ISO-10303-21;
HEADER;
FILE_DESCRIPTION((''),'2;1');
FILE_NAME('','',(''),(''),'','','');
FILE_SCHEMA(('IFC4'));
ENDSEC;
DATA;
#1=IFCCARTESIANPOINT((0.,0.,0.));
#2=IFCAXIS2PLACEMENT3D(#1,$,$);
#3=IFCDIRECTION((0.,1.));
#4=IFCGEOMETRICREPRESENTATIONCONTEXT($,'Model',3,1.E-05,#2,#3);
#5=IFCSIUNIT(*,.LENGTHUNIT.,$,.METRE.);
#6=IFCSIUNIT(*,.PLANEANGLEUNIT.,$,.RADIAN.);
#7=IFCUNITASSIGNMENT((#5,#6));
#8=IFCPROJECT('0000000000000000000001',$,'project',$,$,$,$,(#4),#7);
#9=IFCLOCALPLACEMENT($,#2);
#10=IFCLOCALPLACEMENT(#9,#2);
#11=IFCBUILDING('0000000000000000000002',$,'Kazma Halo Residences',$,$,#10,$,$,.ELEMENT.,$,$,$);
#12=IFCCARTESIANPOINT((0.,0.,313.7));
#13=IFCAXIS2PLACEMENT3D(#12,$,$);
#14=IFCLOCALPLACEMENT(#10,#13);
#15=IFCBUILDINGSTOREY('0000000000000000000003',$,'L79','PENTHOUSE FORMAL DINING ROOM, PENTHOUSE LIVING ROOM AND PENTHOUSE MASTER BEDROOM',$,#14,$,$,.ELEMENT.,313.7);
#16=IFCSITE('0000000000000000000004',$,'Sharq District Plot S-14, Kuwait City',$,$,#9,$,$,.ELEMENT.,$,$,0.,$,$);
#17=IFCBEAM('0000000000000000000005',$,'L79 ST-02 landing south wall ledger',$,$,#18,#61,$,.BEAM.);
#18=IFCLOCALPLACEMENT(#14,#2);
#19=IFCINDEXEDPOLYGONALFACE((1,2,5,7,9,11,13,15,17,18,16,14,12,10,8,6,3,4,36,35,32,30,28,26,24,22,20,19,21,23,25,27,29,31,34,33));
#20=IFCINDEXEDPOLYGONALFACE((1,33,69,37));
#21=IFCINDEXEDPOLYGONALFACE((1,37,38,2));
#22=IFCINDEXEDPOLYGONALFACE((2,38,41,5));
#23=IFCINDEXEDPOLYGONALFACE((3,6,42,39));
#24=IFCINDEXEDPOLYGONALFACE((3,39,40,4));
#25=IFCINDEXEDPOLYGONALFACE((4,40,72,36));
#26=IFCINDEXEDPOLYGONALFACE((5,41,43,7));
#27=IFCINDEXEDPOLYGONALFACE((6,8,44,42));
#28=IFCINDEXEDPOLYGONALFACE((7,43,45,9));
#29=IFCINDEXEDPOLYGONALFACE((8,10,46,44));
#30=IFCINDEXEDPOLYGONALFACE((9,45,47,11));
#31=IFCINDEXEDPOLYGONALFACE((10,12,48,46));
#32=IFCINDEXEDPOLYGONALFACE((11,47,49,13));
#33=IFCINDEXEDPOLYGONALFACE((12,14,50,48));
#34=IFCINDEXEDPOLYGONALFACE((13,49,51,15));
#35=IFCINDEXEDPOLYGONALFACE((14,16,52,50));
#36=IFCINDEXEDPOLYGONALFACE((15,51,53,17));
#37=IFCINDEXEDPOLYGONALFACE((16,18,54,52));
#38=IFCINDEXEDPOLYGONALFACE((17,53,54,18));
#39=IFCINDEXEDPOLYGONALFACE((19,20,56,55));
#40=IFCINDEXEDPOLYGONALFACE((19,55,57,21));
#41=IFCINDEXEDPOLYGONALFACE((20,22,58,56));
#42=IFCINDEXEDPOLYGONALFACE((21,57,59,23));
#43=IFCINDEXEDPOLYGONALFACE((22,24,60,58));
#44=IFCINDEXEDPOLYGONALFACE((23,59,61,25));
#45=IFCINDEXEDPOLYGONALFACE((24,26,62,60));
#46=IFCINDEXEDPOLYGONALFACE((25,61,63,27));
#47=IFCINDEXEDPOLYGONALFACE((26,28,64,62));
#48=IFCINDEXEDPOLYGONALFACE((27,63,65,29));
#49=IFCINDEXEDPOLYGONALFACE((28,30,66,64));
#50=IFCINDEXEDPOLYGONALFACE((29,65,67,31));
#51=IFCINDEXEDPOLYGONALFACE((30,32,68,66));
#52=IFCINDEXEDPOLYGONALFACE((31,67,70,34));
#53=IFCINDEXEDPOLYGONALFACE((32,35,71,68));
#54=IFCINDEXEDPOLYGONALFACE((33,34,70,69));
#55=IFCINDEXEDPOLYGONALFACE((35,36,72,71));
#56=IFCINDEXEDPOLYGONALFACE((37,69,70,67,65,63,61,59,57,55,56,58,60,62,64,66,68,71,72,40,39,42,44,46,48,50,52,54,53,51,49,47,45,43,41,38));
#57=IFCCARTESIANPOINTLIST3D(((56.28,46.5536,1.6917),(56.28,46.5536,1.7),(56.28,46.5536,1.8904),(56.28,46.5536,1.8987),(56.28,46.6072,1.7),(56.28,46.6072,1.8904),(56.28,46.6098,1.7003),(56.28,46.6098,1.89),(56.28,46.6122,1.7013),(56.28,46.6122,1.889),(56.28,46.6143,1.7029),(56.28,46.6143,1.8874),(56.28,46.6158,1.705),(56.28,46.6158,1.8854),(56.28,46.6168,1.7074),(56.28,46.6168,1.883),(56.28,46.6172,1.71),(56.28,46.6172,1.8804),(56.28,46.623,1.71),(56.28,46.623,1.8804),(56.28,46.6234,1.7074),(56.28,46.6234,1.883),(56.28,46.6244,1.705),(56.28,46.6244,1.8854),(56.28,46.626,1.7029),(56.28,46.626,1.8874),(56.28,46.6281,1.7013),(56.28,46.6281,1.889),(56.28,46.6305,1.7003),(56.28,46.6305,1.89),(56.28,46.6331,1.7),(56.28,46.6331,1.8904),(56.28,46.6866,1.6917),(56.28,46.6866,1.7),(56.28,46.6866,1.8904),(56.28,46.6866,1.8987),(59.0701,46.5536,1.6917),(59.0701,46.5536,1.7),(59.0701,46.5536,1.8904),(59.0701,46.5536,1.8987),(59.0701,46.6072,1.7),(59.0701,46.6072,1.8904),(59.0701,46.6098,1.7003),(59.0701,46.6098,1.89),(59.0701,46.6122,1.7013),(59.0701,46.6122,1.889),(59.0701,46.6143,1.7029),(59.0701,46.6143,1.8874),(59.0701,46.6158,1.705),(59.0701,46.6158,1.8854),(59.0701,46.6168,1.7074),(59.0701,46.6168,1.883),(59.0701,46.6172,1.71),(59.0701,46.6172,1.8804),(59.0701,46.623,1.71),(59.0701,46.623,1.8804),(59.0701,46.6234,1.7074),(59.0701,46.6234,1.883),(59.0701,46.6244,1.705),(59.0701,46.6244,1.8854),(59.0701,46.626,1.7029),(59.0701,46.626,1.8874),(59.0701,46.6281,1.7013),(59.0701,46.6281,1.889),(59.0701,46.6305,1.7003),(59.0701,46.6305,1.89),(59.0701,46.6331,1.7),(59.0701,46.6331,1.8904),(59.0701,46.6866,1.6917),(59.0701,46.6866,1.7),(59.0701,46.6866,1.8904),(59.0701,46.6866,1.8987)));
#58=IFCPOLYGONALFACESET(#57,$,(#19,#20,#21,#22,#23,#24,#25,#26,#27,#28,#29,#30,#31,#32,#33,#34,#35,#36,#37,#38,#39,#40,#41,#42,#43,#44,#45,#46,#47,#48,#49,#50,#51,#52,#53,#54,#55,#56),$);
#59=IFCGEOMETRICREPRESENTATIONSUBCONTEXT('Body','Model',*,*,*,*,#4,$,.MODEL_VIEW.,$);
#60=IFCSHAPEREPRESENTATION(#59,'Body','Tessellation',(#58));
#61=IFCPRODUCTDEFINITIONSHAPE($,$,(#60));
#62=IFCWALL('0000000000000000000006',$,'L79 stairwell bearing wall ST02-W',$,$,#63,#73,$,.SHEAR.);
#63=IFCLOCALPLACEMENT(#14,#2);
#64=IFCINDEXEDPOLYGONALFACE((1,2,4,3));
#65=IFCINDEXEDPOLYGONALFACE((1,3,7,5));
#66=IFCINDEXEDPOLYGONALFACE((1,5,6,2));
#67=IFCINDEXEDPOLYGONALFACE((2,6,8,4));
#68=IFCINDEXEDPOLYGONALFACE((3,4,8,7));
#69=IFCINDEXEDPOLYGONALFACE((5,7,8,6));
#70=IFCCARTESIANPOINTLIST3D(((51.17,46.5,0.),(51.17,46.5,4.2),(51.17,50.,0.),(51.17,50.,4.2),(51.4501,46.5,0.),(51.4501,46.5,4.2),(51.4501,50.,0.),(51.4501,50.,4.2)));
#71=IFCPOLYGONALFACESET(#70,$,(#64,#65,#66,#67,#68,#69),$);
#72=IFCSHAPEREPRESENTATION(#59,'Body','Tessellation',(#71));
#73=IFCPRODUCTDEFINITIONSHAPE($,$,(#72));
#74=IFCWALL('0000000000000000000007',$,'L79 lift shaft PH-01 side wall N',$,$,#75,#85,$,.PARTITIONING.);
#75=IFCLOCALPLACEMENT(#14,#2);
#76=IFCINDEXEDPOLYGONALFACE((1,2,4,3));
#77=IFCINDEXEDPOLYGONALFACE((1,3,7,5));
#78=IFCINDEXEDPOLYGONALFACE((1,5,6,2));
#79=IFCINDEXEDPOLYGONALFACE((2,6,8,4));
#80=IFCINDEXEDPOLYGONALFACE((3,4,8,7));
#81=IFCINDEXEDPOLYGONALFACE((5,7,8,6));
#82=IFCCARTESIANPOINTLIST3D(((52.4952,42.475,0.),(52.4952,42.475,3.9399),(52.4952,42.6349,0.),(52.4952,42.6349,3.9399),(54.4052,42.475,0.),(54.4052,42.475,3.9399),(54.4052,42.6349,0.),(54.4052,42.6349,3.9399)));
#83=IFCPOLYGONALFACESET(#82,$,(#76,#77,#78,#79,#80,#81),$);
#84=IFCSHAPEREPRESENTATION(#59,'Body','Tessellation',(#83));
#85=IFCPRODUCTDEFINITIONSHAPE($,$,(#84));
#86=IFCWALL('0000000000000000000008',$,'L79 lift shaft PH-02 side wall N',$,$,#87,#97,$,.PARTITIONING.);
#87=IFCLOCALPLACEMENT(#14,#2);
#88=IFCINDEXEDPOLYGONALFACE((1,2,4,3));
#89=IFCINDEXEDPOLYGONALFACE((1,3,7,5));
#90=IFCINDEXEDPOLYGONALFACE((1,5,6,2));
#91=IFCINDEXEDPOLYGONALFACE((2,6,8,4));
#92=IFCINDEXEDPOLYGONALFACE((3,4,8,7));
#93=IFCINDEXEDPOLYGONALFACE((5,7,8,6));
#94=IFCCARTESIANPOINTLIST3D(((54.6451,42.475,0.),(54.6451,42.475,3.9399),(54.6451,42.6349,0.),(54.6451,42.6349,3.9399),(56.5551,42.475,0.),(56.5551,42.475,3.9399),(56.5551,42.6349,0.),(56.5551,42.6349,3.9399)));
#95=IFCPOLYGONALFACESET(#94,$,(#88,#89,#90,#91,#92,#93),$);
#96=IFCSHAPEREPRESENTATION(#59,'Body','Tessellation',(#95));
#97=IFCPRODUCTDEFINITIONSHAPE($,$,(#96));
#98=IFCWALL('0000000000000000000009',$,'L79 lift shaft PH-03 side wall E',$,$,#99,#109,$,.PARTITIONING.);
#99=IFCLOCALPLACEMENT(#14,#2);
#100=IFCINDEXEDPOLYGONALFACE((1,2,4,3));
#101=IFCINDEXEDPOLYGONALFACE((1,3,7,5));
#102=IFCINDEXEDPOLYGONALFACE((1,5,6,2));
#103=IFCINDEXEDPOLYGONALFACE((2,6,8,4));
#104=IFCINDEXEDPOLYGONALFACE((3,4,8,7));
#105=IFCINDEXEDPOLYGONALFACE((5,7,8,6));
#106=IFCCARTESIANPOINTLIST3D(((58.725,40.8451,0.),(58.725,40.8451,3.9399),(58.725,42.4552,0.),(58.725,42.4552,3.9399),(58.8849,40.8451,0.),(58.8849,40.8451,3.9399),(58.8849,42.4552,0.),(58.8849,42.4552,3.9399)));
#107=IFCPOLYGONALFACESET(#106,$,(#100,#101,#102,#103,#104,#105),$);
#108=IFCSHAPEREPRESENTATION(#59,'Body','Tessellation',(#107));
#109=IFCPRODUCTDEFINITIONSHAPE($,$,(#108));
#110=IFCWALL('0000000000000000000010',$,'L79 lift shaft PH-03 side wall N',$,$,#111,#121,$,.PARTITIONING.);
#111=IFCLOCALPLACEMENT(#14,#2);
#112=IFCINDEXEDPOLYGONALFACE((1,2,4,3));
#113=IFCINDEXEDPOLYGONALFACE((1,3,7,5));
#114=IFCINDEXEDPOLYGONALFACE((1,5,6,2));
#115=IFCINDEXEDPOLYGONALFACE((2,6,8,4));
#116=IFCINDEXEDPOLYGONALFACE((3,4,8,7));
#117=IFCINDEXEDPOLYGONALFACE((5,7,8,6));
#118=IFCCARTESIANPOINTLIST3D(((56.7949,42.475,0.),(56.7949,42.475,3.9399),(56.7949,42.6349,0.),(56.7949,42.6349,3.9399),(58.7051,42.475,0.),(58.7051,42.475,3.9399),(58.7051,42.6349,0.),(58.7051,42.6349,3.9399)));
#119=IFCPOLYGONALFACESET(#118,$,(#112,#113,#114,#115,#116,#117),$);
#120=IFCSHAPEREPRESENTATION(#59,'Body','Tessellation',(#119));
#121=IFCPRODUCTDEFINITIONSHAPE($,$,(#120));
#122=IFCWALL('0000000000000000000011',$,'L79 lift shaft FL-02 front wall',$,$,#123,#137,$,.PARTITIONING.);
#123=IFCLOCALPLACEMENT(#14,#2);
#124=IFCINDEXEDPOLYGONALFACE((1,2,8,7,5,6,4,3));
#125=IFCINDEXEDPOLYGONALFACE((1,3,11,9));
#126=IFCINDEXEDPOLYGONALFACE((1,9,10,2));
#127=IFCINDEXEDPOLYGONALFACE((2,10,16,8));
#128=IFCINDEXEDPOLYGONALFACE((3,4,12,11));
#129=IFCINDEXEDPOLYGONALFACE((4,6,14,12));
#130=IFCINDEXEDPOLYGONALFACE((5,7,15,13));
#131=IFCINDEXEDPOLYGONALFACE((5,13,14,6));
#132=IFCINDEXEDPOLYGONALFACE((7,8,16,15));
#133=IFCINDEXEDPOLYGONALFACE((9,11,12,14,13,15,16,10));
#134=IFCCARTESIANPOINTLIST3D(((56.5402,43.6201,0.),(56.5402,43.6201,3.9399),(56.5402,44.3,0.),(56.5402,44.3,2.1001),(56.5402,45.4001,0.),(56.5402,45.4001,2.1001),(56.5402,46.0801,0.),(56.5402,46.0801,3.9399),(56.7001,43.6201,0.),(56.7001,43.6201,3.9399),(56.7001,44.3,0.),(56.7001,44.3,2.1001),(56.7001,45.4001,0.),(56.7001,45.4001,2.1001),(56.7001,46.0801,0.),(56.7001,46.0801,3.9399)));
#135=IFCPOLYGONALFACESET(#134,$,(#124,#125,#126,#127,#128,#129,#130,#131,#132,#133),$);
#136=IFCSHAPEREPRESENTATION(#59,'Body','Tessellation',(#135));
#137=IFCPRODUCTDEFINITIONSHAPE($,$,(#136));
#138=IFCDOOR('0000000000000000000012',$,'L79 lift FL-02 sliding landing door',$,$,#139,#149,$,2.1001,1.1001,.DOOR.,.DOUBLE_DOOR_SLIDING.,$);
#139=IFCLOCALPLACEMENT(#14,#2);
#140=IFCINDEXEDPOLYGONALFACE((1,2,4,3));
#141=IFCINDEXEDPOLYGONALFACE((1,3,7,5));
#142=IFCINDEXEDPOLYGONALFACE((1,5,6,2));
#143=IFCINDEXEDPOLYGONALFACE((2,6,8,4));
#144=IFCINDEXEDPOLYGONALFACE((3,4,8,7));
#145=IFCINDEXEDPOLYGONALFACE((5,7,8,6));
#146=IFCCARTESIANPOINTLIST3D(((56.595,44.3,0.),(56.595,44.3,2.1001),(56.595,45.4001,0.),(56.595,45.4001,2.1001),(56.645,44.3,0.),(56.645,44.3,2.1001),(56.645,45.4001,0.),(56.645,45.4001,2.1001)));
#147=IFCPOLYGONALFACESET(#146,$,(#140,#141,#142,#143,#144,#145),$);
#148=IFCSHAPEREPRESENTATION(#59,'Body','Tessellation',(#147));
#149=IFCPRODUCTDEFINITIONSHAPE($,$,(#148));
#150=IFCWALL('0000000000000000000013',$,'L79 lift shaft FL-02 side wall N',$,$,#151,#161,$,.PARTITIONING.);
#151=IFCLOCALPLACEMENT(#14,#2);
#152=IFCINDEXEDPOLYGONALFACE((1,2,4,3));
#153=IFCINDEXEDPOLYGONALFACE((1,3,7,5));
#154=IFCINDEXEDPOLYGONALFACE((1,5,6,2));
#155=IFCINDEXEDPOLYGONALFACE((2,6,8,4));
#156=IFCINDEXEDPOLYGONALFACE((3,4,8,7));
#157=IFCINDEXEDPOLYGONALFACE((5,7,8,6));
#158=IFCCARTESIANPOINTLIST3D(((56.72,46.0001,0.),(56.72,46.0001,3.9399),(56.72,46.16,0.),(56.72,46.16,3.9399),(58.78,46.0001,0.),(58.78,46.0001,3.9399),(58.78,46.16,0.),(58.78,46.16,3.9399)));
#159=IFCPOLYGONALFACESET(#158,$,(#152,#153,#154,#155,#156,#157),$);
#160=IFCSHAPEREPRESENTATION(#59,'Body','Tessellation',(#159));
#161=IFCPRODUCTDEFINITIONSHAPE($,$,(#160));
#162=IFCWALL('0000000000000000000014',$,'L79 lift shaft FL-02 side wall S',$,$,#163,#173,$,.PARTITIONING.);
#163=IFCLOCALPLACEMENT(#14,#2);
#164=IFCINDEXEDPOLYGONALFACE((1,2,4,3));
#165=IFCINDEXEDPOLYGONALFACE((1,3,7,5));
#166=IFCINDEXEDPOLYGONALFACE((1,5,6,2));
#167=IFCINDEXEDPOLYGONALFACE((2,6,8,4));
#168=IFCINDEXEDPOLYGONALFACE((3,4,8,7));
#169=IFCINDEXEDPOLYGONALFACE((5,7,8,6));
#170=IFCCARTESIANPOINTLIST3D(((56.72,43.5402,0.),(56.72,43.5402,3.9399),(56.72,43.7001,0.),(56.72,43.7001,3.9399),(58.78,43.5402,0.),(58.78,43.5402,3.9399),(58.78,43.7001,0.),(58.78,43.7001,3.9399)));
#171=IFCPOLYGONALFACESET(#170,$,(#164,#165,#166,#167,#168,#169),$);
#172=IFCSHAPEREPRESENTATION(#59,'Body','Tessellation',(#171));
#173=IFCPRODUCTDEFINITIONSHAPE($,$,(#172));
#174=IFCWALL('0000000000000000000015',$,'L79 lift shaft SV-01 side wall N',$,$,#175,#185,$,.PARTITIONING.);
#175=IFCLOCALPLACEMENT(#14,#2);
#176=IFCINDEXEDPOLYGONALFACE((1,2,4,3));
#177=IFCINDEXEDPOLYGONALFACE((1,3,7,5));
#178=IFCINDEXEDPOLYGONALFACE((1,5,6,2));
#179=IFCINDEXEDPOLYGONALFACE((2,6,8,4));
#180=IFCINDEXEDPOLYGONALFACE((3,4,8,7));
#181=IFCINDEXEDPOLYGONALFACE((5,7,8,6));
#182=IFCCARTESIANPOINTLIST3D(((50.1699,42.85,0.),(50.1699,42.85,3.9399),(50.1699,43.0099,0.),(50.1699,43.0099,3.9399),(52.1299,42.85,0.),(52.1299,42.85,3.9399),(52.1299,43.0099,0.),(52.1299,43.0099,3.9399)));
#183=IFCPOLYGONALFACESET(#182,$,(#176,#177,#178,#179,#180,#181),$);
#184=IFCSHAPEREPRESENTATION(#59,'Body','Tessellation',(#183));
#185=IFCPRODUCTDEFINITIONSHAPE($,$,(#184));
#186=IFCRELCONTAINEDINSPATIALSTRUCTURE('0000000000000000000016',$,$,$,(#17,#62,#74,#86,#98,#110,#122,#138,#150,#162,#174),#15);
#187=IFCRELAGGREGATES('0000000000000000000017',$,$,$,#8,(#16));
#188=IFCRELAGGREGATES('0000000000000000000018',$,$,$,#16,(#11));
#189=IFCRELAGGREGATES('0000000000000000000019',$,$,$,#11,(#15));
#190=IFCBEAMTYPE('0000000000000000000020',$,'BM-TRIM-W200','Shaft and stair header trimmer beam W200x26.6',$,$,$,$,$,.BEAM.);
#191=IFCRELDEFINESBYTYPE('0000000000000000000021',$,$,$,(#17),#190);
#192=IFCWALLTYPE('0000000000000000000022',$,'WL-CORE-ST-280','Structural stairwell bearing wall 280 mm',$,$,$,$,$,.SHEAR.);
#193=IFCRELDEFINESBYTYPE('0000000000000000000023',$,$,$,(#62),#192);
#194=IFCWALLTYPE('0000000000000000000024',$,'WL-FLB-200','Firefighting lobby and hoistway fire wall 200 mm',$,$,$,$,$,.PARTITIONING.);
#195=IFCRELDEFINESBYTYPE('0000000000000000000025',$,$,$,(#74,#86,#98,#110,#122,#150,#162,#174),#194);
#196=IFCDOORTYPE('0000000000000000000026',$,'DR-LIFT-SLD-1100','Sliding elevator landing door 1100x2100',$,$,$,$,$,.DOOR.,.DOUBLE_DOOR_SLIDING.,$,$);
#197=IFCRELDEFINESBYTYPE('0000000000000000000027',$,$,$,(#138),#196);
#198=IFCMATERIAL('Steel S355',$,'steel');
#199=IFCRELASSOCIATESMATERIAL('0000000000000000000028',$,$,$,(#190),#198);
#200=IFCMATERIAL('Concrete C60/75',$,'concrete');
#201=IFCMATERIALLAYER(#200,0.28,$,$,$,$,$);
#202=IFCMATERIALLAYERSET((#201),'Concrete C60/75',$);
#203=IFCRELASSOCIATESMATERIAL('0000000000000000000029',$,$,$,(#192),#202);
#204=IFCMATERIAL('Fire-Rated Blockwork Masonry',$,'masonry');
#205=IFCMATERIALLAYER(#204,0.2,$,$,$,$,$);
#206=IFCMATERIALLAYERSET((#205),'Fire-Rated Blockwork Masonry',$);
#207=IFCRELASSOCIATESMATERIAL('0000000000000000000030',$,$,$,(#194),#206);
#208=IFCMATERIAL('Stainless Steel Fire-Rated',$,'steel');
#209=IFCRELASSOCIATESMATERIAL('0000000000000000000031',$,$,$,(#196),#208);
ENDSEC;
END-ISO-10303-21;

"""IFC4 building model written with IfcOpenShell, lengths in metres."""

from ifc_helpers import new_model, si_unit, direction, frame, frame_2d, origin, origin_2d, place, context, subcontext, project, spatial, rectangle, i_section, extrude, material, layer, layer_set, material_profile, profile_set, type_object, element, fill, save


model = new_model("IFC4")

# Units and contexts
model_context = context("Model", 3, precision=1e-05, world=origin(), true_north=direction((0.0, 1.0)))
body_context = subcontext(model_context, "Body", "Model", "MODEL_VIEW")
ifc_project = project(units=[si_unit("LENGTHUNIT", "METRE"), si_unit("PLANEANGLEUNIT", "RADIAN")], contexts=[model_context])

# Site, building, storey
site_placement = place(None, origin())
site = spatial("IfcSite", under=ifc_project, at=site_placement, Name="Sharq District Plot S-14, Kuwait City", CompositionType="ELEMENT", RefElevation=0.0)
building_placement = place(site_placement, origin())
building = spatial("IfcBuilding", under=site, at=building_placement, Name="Kazma Halo Residences", CompositionType="ELEMENT")
storey_placement = place(building_placement, frame((0.0, 0.0, 313.7)))
storey = spatial("IfcBuildingStorey", under=building, at=storey_placement, Name="L79", Description="PENTHOUSE FORMAL DINING ROOM, PENTHOUSE LIVING ROOM AND PENTHOUSE MASTER BEDROOM", CompositionType="ELEMENT", Elevation=313.7)

# Shared definitions
ifc_material_1 = material(Name="Steel S355", Category="steel")

# Beam
ifc_material_profile_1 = material_profile(ifc_material_1, i_section(OverallWidth=0.1331, OverallDepth=0.207, WebThickness=0.0059, FlangeThickness=0.0083, FilletRadius=0.01, at=origin_2d()), Name="W200x26.6")
ifc_profile_set_1 = profile_set([ifc_material_profile_1], Name="Steel S355")
beam_type = type_object("IfcBeamType", Name="BM-TRIM-W200", Description="Shaft and stair header trimmer beam W200x26.6", PredefinedType="BEAM", material=ifc_profile_set_1)
beam_1_placement = place(storey_placement, frame((56.28, 46.6201, 1.7952), z_axis=(1.0, 0.0, 0.0), x_axis=(0.0, 1.0, 0.0)))
element("IfcBeam", 1, at=beam_1_placement, inside=storey, type_object=beam_type, Name="L79 ST-02 landing south wall ledger", PredefinedType="BEAM", context=body_context, shape_type="SweptSolid", body=[
    extrude(i_section(OverallWidth=0.1331, OverallDepth=0.207, WebThickness=0.0059, FlangeThickness=0.0083, FilletRadius=0.01, at=origin_2d()), origin(), (0.0, 0.0, 1.0), 2.79),
])

# Walls
ifc_material_2 = material(Name="Concrete C60/75", Category="concrete")
ifc_layer_1 = layer(ifc_material_2, 0.28)
ifc_layer_set_1 = layer_set([ifc_layer_1], Name="Concrete C60/75")
wall_type_1 = type_object("IfcWallType", Name="WL-CORE-ST-280", Description="Structural stairwell bearing wall 280 mm", PredefinedType="SHEAR", material=ifc_layer_set_1)
wall_1_placement = place(storey_placement, frame((51.3101, 46.5, 0.0), z_axis=(0.0, 0.0, 1.0), x_axis=(0.0, 1.0, 0.0)))
element("IfcWall", 2, at=wall_1_placement, inside=storey, type_object=wall_type_1, Name="L79 stairwell bearing wall ST02-W", PredefinedType="SHEAR", context=body_context, shape_type="SweptSolid", body=[
    extrude(rectangle(XDim=3.5, YDim=0.28, at=frame_2d((1.75, 0.0))), origin(), (0.0, 0.0, 1.0), 4.2),
])
ifc_material_3 = material(Name="Fire-Rated Blockwork Masonry", Category="masonry")
ifc_layer_2 = layer(ifc_material_3, 0.2)
ifc_layer_set_2 = layer_set([ifc_layer_2], Name="Fire-Rated Blockwork Masonry")
wall_type_2 = type_object("IfcWallType", Name="WL-FLB-200", Description="Firefighting lobby and hoistway fire wall 200 mm", PredefinedType="PARTITIONING", material=ifc_layer_set_2)
for number, where, z_axis, x_axis, name in (
    (3, (52.4951, 42.5549, 0.0), (0.0, 0.0, 1.0), (1.0, 0.0, 0.0), "L79 lift shaft PH-01 side wall N"),
    (4, (54.645, 42.5549, 0.0), (0.0, 0.0, 1.0), (1.0, 0.0, 0.0), "L79 lift shaft PH-02 side wall N"),
):
    element("IfcWall", number, at=place(storey_placement, frame(where, z_axis=z_axis, x_axis=x_axis)), inside=storey, type_object=wall_type_2, Name=name, PredefinedType="PARTITIONING", context=body_context, shape_type="SweptSolid", body=[
        extrude(rectangle(XDim=1.9099, YDim=0.1599, at=frame_2d((0.9551, 0.0))), origin(), (0.0, 0.0, 1.0), 3.9399),
    ])
wall_2_placement = place(storey_placement, frame((58.8049, 40.845, 0.0), z_axis=(0.0, 0.0, 1.0), x_axis=(0.0, 1.0, 0.0)))
element("IfcWall", 5, at=wall_2_placement, inside=storey, type_object=wall_type_2, Name="L79 lift shaft PH-03 side wall E", PredefinedType="PARTITIONING", context=body_context, shape_type="SweptSolid", body=[
    extrude(rectangle(XDim=1.6101, YDim=0.1599, at=frame_2d((0.8052, 0.0))), origin(), (0.0, 0.0, 1.0), 3.9399),
])
wall_3_placement = place(storey_placement, frame((56.7949, 42.5549, 0.0), z_axis=(0.0, 0.0, 1.0), x_axis=(1.0, 0.0, 0.0)))
element("IfcWall", 6, at=wall_3_placement, inside=storey, type_object=wall_type_2, Name="L79 lift shaft PH-03 side wall N", PredefinedType="PARTITIONING", context=body_context, shape_type="SweptSolid", body=[
    extrude(rectangle(XDim=1.9102, YDim=0.1599, at=frame_2d((0.9551, 0.0))), origin(), (0.0, 0.0, 1.0), 3.9399),
])

# Wall, opening, door
wall_4_placement = place(storey_placement, frame((56.6201, 46.0801, 0.0), z_axis=(0.0, 0.0, 1.0), x_axis=(0.0, -1.0, 0.0)))
wall_4 = element("IfcWall", 7, at=wall_4_placement, inside=storey, type_object=wall_type_2, Name="L79 lift shaft FL-02 front wall", PredefinedType="PARTITIONING", context=body_context, shape_type="SweptSolid", body=[
    extrude(rectangle(XDim=2.46, YDim=0.1599, at=frame_2d((1.23, 0.0))), origin(), (0.0, 0.0, 1.0), 3.9399),
])
opening_1_placement = place(wall_4_placement, frame((0.6799, 0.0, 0.0)))
opening_1 = element("IfcOpeningElement", 8, at=opening_1_placement, cuts=wall_4, PredefinedType="OPENING", context=body_context, shape_type="SweptSolid", body=[
    extrude(rectangle(XDim=1.1001, YDim=2.1001, at=frame_2d((0.55, 1.05))), frame((0.0, 0.0898, 0.0), z_axis=(0.0, -1.0, 0.0), x_axis=(1.0, 0.0, 0.0)), (0.0, 0.0, 1.0), 0.1799),
])
ifc_material_4 = material(Name="Stainless Steel Fire-Rated", Category="steel")
door_type_1 = type_object("IfcDoorType", Name="DR-LIFT-SLD-1100", Description="Sliding elevator landing door 1100x2100", OperationType="DOUBLE_DOOR_SLIDING", PredefinedType="DOOR", material=ifc_material_4)
door_1_placement = place(opening_1_placement, origin())
door_1 = element("IfcDoor", 9, at=door_1_placement, inside=storey, type_object=door_type_1, Name="L79 lift FL-02 sliding landing door", OperationType="DOUBLE_DOOR_SLIDING", OverallHeight=2.1001, OverallWidth=1.1001, PredefinedType="DOOR", context=body_context, shape_type="SweptSolid", body=[
    extrude(rectangle(XDim=1.1001, YDim=2.1001, at=frame_2d((0.55, 1.05))), frame((0.0, 0.0249, 0.0), z_axis=(0.0, -1.0, 0.0), x_axis=(1.0, 0.0, 0.0)), (0.0, 0.0, 1.0), 0.05),
])
fill(opening_1, door_1)

# Walls
for number, where, z_axis, x_axis, name in (
    (10, (56.72, 46.0801, 0.0), (0.0, 0.0, 1.0), (1.0, 0.0, 0.0), "L79 lift shaft FL-02 side wall N"),
    (11, (56.72, 43.6201, 0.0), (0.0, 0.0, 1.0), (1.0, 0.0, 0.0), "L79 lift shaft FL-02 side wall S"),
):
    element("IfcWall", number, at=place(storey_placement, frame(where, z_axis=z_axis, x_axis=x_axis)), inside=storey, type_object=wall_type_2, Name=name, PredefinedType="PARTITIONING", context=body_context, shape_type="SweptSolid", body=[
        extrude(rectangle(XDim=2.0601, YDim=0.1599, at=frame_2d((1.03, 0.0))), origin(), (0.0, 0.0, 1.0), 3.9399),
    ])
wall_5_placement = place(storey_placement, frame((50.1699, 42.9299, 0.0), z_axis=(0.0, 0.0, 1.0), x_axis=(1.0, 0.0, 0.0)))
element("IfcWall", 12, at=wall_5_placement, inside=storey, type_object=wall_type_2, Name="L79 lift shaft SV-01 side wall N", PredefinedType="PARTITIONING", context=body_context, shape_type="SweptSolid", body=[
    extrude(rectangle(XDim=1.96, YDim=0.1599, at=frame_2d((0.98, 0.0))), origin(), (0.0, 0.0, 1.0), 3.9399),
])

save(model, "model.ifc")
